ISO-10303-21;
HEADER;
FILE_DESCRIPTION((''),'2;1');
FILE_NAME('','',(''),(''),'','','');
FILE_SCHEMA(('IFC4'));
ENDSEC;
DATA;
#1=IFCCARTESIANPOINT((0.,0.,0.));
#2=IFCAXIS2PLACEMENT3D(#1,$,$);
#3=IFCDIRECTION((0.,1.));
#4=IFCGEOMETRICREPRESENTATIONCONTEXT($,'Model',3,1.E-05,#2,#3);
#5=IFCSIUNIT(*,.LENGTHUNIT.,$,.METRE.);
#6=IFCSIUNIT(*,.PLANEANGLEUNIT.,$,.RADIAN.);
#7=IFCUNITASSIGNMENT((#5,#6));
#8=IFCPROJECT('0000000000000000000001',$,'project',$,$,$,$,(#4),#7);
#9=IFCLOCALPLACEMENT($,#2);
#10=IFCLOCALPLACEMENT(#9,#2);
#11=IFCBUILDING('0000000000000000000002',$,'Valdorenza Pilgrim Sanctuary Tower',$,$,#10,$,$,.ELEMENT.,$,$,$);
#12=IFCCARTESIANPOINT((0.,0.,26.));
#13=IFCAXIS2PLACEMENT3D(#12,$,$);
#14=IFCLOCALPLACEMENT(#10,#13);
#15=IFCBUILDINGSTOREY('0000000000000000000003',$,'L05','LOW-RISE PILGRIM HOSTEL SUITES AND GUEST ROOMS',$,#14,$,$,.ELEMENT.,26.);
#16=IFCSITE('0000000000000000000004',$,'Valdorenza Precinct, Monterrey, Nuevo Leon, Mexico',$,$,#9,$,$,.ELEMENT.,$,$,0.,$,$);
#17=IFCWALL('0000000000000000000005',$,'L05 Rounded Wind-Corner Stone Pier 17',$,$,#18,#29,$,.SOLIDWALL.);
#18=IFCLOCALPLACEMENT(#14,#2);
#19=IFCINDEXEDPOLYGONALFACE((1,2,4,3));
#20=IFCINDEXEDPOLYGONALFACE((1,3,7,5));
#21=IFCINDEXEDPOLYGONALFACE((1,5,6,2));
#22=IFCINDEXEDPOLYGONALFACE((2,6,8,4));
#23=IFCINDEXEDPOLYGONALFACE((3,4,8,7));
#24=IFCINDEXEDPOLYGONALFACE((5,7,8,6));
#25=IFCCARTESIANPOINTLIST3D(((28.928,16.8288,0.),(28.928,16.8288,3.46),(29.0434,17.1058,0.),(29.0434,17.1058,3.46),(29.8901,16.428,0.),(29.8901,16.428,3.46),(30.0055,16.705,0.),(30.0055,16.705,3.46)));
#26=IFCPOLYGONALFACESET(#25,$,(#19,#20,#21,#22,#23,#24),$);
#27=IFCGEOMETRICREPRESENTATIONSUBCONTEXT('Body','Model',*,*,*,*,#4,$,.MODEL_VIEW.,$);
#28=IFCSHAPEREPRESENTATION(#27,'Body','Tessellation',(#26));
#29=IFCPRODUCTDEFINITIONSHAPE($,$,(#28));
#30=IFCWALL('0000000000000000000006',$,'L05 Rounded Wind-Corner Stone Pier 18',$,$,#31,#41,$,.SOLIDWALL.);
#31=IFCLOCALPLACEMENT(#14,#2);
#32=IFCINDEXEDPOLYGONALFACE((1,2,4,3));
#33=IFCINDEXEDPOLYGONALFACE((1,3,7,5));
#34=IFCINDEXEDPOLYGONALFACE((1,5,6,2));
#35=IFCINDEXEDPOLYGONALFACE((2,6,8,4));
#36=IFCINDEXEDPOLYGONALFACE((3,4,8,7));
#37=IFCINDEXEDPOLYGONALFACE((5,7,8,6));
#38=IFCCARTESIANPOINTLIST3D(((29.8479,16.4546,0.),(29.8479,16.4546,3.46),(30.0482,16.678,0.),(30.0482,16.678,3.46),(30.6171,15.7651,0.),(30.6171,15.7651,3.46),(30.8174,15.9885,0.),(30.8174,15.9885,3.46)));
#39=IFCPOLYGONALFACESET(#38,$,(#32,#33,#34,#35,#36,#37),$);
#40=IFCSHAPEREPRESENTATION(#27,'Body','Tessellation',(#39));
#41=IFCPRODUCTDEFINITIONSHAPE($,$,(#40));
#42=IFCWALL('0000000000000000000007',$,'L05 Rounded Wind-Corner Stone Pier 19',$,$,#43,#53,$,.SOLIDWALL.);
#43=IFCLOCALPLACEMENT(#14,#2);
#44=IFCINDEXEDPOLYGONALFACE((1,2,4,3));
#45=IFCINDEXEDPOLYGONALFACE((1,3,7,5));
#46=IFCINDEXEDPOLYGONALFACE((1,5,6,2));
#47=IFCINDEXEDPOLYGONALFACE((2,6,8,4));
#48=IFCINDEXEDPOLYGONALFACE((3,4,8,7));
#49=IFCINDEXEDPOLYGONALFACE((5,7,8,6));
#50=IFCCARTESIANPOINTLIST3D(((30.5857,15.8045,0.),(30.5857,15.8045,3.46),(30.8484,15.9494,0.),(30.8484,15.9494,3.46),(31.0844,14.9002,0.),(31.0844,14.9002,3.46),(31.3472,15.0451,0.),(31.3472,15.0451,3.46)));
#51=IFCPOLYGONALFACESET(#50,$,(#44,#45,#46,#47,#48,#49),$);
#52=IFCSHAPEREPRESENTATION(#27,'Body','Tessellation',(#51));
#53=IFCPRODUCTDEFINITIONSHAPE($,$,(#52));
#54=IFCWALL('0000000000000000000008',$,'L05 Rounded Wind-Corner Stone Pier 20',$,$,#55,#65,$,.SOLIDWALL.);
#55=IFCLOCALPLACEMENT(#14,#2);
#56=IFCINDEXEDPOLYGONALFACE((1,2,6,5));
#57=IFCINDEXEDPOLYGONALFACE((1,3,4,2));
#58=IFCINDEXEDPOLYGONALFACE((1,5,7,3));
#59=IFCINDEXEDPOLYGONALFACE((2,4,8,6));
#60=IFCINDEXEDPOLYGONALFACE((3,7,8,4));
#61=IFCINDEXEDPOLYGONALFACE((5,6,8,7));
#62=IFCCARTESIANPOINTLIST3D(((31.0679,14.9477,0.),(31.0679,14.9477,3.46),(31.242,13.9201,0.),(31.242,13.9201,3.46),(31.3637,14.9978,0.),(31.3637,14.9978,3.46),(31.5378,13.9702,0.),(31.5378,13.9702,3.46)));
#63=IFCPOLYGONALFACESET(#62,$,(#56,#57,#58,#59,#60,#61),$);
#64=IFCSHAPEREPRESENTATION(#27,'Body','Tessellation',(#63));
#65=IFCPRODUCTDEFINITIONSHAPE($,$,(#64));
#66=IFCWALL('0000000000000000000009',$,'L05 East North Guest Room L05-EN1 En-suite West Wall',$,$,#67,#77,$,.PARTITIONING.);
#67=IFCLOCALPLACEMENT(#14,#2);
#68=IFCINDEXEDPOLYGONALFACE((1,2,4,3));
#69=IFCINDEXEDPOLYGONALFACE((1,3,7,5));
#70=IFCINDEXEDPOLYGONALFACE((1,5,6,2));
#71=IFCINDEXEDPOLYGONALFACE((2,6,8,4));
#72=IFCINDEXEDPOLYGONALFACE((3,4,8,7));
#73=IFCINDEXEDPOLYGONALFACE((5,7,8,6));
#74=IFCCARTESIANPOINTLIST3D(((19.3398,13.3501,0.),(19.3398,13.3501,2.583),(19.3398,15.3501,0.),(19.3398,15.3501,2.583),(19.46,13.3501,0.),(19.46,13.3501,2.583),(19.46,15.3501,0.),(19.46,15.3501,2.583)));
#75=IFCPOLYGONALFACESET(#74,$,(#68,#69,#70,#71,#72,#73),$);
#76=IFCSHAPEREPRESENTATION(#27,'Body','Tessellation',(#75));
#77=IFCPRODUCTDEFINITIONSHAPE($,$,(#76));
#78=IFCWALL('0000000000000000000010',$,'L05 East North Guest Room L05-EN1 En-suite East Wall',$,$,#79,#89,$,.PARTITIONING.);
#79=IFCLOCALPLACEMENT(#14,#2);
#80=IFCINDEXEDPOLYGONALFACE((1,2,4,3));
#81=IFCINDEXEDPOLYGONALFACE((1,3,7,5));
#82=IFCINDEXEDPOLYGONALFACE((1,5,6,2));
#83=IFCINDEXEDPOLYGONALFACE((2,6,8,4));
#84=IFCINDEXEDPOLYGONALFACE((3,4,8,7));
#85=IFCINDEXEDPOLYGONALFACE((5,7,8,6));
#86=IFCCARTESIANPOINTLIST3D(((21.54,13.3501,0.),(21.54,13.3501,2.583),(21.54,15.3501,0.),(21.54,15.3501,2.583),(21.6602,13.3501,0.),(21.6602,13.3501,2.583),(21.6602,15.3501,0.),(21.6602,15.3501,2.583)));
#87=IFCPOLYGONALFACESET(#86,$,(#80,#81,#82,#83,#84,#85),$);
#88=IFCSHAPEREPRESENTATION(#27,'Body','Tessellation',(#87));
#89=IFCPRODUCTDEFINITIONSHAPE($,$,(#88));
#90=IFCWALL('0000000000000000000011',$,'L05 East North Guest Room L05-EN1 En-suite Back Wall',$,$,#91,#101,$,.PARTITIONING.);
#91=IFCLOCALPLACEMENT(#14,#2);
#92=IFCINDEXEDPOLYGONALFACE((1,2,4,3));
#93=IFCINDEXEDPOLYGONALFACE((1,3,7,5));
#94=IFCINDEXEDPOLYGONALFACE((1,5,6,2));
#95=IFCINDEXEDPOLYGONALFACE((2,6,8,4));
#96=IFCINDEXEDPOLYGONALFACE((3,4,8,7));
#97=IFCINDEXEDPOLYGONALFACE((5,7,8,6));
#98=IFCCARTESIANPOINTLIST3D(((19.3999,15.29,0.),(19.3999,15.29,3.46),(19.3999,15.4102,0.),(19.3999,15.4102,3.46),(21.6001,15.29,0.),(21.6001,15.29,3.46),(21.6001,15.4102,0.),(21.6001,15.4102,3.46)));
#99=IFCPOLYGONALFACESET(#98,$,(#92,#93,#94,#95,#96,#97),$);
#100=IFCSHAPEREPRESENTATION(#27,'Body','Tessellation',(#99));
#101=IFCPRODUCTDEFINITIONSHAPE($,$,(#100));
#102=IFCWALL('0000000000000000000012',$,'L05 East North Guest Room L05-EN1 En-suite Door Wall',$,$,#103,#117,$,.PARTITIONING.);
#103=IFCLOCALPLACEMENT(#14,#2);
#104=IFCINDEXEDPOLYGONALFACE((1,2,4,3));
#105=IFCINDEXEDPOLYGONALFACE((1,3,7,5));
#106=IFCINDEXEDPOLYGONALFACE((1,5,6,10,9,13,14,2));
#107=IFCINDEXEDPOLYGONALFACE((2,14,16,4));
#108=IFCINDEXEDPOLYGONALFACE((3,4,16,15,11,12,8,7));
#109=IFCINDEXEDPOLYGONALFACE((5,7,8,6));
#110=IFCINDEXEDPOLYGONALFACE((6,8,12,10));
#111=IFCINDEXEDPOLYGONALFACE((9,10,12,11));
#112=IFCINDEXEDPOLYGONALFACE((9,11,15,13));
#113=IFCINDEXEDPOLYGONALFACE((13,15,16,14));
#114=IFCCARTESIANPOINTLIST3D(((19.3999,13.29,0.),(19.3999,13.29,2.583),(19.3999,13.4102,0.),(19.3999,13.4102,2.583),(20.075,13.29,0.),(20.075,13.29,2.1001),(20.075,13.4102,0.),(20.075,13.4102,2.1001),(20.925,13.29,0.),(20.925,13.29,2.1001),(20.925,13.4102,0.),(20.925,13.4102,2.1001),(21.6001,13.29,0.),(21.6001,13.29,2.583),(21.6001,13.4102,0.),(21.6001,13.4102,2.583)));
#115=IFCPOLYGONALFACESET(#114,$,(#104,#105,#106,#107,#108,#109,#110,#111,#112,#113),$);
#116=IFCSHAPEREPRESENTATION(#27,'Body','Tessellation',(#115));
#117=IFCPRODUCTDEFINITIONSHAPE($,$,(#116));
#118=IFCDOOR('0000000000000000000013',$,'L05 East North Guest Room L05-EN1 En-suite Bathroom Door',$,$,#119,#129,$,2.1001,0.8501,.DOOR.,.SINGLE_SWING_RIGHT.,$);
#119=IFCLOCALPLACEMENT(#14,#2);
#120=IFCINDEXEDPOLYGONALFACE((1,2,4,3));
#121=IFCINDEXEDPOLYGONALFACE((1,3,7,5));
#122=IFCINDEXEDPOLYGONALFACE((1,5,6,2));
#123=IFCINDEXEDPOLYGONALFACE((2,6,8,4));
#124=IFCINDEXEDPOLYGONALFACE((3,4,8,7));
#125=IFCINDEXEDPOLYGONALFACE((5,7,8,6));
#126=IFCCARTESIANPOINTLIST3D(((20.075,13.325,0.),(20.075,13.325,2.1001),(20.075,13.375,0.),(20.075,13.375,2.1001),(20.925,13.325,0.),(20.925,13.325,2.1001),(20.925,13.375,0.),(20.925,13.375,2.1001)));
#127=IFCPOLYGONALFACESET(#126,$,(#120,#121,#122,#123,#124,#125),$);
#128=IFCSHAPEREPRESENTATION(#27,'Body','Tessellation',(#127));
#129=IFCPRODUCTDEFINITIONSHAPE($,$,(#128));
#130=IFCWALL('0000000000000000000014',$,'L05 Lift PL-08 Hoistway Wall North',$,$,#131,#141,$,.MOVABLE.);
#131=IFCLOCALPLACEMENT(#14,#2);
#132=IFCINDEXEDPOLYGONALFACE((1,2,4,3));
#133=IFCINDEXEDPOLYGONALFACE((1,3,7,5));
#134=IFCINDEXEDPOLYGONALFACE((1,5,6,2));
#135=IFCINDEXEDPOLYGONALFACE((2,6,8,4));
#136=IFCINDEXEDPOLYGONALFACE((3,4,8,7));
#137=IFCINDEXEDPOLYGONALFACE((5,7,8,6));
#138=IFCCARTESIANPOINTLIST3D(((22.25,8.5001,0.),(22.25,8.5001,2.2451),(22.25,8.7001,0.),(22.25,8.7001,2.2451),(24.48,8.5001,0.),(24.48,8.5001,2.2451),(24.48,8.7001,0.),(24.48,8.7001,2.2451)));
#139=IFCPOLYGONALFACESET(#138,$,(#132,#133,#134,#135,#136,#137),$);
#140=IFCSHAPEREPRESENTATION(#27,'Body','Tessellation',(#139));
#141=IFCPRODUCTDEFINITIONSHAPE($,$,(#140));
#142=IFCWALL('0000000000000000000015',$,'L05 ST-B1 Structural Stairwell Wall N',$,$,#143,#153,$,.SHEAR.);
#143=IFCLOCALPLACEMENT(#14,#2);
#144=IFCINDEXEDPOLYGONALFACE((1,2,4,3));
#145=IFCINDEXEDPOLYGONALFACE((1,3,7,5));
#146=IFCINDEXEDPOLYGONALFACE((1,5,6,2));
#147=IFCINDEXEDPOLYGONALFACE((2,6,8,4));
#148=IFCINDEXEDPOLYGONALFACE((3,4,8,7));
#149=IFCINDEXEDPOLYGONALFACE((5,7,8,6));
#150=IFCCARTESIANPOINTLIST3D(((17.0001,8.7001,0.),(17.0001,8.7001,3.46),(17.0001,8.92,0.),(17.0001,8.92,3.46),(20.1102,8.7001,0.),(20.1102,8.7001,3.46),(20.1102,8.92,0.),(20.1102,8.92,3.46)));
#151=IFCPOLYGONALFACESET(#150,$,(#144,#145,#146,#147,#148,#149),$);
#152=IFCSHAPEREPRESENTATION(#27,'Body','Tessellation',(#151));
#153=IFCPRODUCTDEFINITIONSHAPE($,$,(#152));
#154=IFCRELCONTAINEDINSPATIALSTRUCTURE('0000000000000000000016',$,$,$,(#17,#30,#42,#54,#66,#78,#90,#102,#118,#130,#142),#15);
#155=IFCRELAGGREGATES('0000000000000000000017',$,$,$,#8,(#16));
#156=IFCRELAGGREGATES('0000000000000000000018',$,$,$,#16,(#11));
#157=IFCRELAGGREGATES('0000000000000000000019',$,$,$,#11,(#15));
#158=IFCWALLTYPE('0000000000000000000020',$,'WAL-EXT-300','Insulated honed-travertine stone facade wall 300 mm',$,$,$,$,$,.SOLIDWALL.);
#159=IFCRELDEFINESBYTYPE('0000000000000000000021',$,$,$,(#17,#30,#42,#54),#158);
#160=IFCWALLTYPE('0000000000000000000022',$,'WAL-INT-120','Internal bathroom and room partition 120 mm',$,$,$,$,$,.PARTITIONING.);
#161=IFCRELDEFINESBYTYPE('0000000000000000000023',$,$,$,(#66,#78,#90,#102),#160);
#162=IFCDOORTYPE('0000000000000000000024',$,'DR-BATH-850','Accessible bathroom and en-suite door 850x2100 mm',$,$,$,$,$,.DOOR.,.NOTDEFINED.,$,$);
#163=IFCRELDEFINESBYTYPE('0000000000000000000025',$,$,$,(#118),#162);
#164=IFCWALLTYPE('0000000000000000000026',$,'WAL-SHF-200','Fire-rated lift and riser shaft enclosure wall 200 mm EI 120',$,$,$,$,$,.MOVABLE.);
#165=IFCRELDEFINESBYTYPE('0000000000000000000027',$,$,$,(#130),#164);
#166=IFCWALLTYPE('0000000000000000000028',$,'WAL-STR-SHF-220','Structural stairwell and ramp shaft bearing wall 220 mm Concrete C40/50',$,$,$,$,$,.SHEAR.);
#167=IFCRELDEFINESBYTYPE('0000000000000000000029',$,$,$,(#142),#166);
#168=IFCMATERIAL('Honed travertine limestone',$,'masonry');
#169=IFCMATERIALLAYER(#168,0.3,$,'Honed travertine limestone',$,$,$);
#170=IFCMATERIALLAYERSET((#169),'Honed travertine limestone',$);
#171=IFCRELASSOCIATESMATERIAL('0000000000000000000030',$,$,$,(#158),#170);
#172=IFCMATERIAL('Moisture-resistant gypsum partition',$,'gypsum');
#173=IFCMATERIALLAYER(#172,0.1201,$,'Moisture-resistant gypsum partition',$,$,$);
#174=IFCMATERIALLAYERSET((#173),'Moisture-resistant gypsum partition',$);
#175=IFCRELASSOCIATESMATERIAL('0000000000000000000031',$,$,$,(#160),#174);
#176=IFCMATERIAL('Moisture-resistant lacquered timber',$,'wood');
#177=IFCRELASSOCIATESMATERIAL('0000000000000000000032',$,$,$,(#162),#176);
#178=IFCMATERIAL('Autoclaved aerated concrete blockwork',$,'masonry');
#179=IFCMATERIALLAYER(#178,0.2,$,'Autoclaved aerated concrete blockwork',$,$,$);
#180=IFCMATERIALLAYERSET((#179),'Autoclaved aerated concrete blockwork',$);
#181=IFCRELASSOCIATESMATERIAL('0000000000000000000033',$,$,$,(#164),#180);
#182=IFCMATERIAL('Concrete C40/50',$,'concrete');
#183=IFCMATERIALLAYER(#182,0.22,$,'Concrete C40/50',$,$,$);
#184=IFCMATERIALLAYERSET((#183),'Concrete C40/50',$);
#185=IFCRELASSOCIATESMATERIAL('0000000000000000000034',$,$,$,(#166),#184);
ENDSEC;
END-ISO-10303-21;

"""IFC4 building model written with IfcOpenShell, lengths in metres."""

from ifc_helpers import new_model, si_unit, direction, frame, frame_2d, origin, place, context, subcontext, project, spatial, rectangle, extrude, material, layer, layer_set, type_object, element, fill, save


model = new_model("IFC4")

# Units and contexts
model_context = context("Model", 3, precision=1e-05, world=origin(), true_north=direction((0.0, 1.0)))
body_context = subcontext(model_context, "Body", "Model", "MODEL_VIEW")
ifc_project = project(units=[si_unit("LENGTHUNIT", "METRE"), si_unit("PLANEANGLEUNIT", "RADIAN")], contexts=[model_context])

# Site, building, storey
site_placement = place(None, origin())
site = spatial("IfcSite", under=ifc_project, at=site_placement, Name="Valdorenza Precinct, Monterrey, Nuevo Leon, Mexico", CompositionType="ELEMENT", RefElevation=0.0)
building_placement = place(site_placement, origin())
building = spatial("IfcBuilding", under=site, at=building_placement, Name="Valdorenza Pilgrim Sanctuary Tower", CompositionType="ELEMENT")
storey_placement = place(building_placement, frame((0.0, 0.0, 26.0)))
storey = spatial("IfcBuildingStorey", under=building, at=storey_placement, Name="L05", Description="LOW-RISE PILGRIM HOSTEL SUITES AND GUEST ROOMS", CompositionType="ELEMENT", Elevation=26.0)

# Shared definitions
ifc_material_1 = material(Name="Honed travertine limestone", Category="masonry")

# Walls
ifc_layer_1 = layer(ifc_material_1, 0.3, Name="Honed travertine limestone")
ifc_layer_set_1 = layer_set([ifc_layer_1], Name="Honed travertine limestone")
wall_type_1 = type_object("IfcWallType", Name="WAL-EXT-300", Description="Insulated honed-travertine stone facade wall 300 mm", PredefinedType="SOLIDWALL", material=ifc_layer_set_1)
wall_1_placement = place(storey_placement, frame((28.9858, 16.9673, 0.0), z_axis=(0.0, 0.0, 1.0), x_axis=(0.923084, -0.384599, 0.0)))
element("IfcWall", 1, at=wall_1_placement, inside=storey, type_object=wall_type_1, Name="L05 Rounded Wind-Corner Stone Pier 17", PredefinedType="SOLIDWALL", context=body_context, shape_type="SweptSolid", body=[
    extrude(rectangle(XDim=1.0422, YDim=0.3, at=frame_2d((0.521, 0.0))), origin(), (0.0, 0.0, 1.0), 3.46),
])
wall_2_placement = place(storey_placement, frame((29.948, 16.5664, 0.0), z_axis=(0.0, 0.0, 1.0), x_axis=(0.744586, -0.667527, 0.0)))
element("IfcWall", 2, at=wall_2_placement, inside=storey, type_object=wall_type_1, Name="L05 Rounded Wind-Corner Stone Pier 18", PredefinedType="SOLIDWALL", context=body_context, shape_type="SweptSolid", body=[
    extrude(rectangle(XDim=1.033, YDim=0.3, at=frame_2d((0.5166, 0.0))), origin(), (0.0, 0.0, 1.0), 3.46),
])
wall_3_placement = place(storey_placement, frame((30.717, 15.877, 0.0), z_axis=(0.0, 0.0, 1.0), x_axis=(0.482971, -0.875636, 0.0)))
element("IfcWall", 3, at=wall_3_placement, inside=storey, type_object=wall_type_1, Name="L05 Rounded Wind-Corner Stone Pier 19", PredefinedType="SOLIDWALL", context=body_context, shape_type="SweptSolid", body=[
    extrude(rectangle(XDim=1.0327, YDim=0.3, at=frame_2d((0.5164, 0.0))), origin(), (0.0, 0.0, 1.0), 3.46),
])
wall_4_placement = place(storey_placement, frame((31.2158, 14.9727, 0.0), z_axis=(0.0, 0.0, 1.0), x_axis=(0.167019, -0.985954, 0.0)))
element("IfcWall", 4, at=wall_4_placement, inside=storey, type_object=wall_type_1, Name="L05 Rounded Wind-Corner Stone Pier 20", PredefinedType="SOLIDWALL", context=body_context, shape_type="SweptSolid", body=[
    extrude(rectangle(XDim=1.0422, YDim=0.3, at=frame_2d((0.521, 0.0))), origin(), (0.0, 0.0, 1.0), 3.46),
])
ifc_material_2 = material(Name="Moisture-resistant gypsum partition", Category="gypsum")
ifc_layer_2 = layer(ifc_material_2, 0.1201, Name="Moisture-resistant gypsum partition")
ifc_layer_set_2 = layer_set([ifc_layer_2], Name="Moisture-resistant gypsum partition")
wall_type_2 = type_object("IfcWallType", Name="WAL-INT-120", Description="Internal bathroom and room partition 120 mm", PredefinedType="PARTITIONING", material=ifc_layer_set_2)
for number, where, z_axis, x_axis, name in (
    (5, (19.3999, 13.3501, 0.0), (0.0, 0.0, 1.0), (0.0, 1.0, 0.0), "L05 East North Guest Room L05-EN1 En-suite West Wall"),
    (6, (21.6001, 13.3501, 0.0), (0.0, 0.0, 1.0), (0.0, 1.0, 0.0), "L05 East North Guest Room L05-EN1 En-suite East Wall"),
):
    element("IfcWall", number, at=place(storey_placement, frame(where, z_axis=z_axis, x_axis=x_axis)), inside=storey, type_object=wall_type_2, Name=name, PredefinedType="PARTITIONING", context=body_context, shape_type="SweptSolid", body=[
        extrude(rectangle(XDim=2.0, YDim=0.1201, at=frame_2d((1.0, 0.0))), origin(), (0.0, 0.0, 1.0), 2.583),
    ])
wall_5_placement = place(storey_placement, frame((19.3999, 15.3501, 0.0), z_axis=(0.0, 0.0, 1.0), x_axis=(1.0, 0.0, 0.0)))
element("IfcWall", 7, at=wall_5_placement, inside=storey, type_object=wall_type_2, Name="L05 East North Guest Room L05-EN1 En-suite Back Wall", PredefinedType="PARTITIONING", context=body_context, shape_type="SweptSolid", body=[
    extrude(rectangle(XDim=2.2002, YDim=0.1201, at=frame_2d((1.1001, 0.0))), origin(), (0.0, 0.0, 1.0), 3.46),
])

# Wall, opening, door
wall_6_placement = place(storey_placement, frame((19.3999, 13.3501, 0.0), z_axis=(0.0, 0.0, 1.0), x_axis=(1.0, 0.0, 0.0)))
wall_6 = element("IfcWall", 8, at=wall_6_placement, inside=storey, type_object=wall_type_2, Name="L05 East North Guest Room L05-EN1 En-suite Door Wall", PredefinedType="PARTITIONING", context=body_context, shape_type="SweptSolid", body=[
    extrude(rectangle(XDim=2.2002, YDim=0.1201, at=frame_2d((1.1001, 0.0))), origin(), (0.0, 0.0, 1.0), 2.583),
])
opening_1_placement = place(wall_6_placement, frame((0.675, 0.0, 0.0)))
opening_1 = element("IfcOpeningElement", 9, at=opening_1_placement, cuts=wall_6, PredefinedType="OPENING", context=body_context, shape_type="SweptSolid", body=[
    extrude(rectangle(XDim=0.8501, YDim=2.1001, at=frame_2d((0.425, 1.05))), frame((0.0, 0.075, 0.0), z_axis=(0.0, -1.0, 0.0), x_axis=(1.0, 0.0, 0.0)), (0.0, 0.0, 1.0), 0.1499),
])
ifc_material_3 = material(Name="Moisture-resistant lacquered timber", Category="wood")
door_type_1 = type_object("IfcDoorType", Name="DR-BATH-850", Description="Accessible bathroom and en-suite door 850x2100 mm", OperationType="NOTDEFINED", PredefinedType="DOOR", material=ifc_material_3)
door_1_placement = place(opening_1_placement, origin())
door_1 = element("IfcDoor", 10, at=door_1_placement, inside=storey, type_object=door_type_1, Name="L05 East North Guest Room L05-EN1 En-suite Bathroom Door", OperationType="SINGLE_SWING_RIGHT", OverallHeight=2.1001, OverallWidth=0.8501, PredefinedType="DOOR", context=body_context, shape_type="SweptSolid", body=[
    extrude(rectangle(XDim=0.8501, YDim=2.1001, at=frame_2d((0.425, 1.05))), frame((0.0, 0.0249, 0.0), z_axis=(0.0, -1.0, 0.0), x_axis=(1.0, 0.0, 0.0)), (0.0, 0.0, 1.0), 0.05),
])
fill(opening_1, door_1)

# Walls
ifc_material_4 = material(Name="Autoclaved aerated concrete blockwork", Category="masonry")
ifc_layer_3 = layer(ifc_material_4, 0.2, Name="Autoclaved aerated concrete blockwork")
ifc_layer_set_3 = layer_set([ifc_layer_3], Name="Autoclaved aerated concrete blockwork")
wall_type_3 = type_object("IfcWallType", Name="WAL-SHF-200", Description="Fire-rated lift and riser shaft enclosure wall 200 mm EI 120", PredefinedType="MOVABLE", material=ifc_layer_set_3)
wall_7_placement = place(storey_placement, frame((22.25, 8.6001, 0.0), z_axis=(0.0, 0.0, 1.0), x_axis=(1.0, 0.0, 0.0)))
element("IfcWall", 11, at=wall_7_placement, inside=storey, type_object=wall_type_3, Name="L05 Lift PL-08 Hoistway Wall North", PredefinedType="MOVABLE", context=body_context, shape_type="SweptSolid", body=[
    extrude(rectangle(XDim=2.23, YDim=0.2, at=frame_2d((1.115, 0.0))), origin(), (0.0, 0.0, 1.0), 2.2451),
])
ifc_material_5 = material(Name="Concrete C40/50", Category="concrete")
ifc_layer_4 = layer(ifc_material_5, 0.22, Name="Concrete C40/50")
ifc_layer_set_4 = layer_set([ifc_layer_4], Name="Concrete C40/50")
wall_type_4 = type_object("IfcWallType", Name="WAL-STR-SHF-220", Description="Structural stairwell and ramp shaft bearing wall 220 mm Concrete C40/50", PredefinedType="SHEAR", material=ifc_layer_set_4)
wall_8_placement = place(storey_placement, frame((17.0, 8.8101, 0.0), z_axis=(0.0, 0.0, 1.0), x_axis=(1.0, 0.0, 0.0)))
element("IfcWall", 12, at=wall_8_placement, inside=storey, type_object=wall_type_4, Name="L05 ST-B1 Structural Stairwell Wall N", PredefinedType="SHEAR", context=body_context, shape_type="SweptSolid", body=[
    extrude(rectangle(XDim=3.1101, YDim=0.22, at=frame_2d((1.5552, 0.0))), origin(), (0.0, 0.0, 1.0), 3.46),
])

save(model, "model.ifc")
